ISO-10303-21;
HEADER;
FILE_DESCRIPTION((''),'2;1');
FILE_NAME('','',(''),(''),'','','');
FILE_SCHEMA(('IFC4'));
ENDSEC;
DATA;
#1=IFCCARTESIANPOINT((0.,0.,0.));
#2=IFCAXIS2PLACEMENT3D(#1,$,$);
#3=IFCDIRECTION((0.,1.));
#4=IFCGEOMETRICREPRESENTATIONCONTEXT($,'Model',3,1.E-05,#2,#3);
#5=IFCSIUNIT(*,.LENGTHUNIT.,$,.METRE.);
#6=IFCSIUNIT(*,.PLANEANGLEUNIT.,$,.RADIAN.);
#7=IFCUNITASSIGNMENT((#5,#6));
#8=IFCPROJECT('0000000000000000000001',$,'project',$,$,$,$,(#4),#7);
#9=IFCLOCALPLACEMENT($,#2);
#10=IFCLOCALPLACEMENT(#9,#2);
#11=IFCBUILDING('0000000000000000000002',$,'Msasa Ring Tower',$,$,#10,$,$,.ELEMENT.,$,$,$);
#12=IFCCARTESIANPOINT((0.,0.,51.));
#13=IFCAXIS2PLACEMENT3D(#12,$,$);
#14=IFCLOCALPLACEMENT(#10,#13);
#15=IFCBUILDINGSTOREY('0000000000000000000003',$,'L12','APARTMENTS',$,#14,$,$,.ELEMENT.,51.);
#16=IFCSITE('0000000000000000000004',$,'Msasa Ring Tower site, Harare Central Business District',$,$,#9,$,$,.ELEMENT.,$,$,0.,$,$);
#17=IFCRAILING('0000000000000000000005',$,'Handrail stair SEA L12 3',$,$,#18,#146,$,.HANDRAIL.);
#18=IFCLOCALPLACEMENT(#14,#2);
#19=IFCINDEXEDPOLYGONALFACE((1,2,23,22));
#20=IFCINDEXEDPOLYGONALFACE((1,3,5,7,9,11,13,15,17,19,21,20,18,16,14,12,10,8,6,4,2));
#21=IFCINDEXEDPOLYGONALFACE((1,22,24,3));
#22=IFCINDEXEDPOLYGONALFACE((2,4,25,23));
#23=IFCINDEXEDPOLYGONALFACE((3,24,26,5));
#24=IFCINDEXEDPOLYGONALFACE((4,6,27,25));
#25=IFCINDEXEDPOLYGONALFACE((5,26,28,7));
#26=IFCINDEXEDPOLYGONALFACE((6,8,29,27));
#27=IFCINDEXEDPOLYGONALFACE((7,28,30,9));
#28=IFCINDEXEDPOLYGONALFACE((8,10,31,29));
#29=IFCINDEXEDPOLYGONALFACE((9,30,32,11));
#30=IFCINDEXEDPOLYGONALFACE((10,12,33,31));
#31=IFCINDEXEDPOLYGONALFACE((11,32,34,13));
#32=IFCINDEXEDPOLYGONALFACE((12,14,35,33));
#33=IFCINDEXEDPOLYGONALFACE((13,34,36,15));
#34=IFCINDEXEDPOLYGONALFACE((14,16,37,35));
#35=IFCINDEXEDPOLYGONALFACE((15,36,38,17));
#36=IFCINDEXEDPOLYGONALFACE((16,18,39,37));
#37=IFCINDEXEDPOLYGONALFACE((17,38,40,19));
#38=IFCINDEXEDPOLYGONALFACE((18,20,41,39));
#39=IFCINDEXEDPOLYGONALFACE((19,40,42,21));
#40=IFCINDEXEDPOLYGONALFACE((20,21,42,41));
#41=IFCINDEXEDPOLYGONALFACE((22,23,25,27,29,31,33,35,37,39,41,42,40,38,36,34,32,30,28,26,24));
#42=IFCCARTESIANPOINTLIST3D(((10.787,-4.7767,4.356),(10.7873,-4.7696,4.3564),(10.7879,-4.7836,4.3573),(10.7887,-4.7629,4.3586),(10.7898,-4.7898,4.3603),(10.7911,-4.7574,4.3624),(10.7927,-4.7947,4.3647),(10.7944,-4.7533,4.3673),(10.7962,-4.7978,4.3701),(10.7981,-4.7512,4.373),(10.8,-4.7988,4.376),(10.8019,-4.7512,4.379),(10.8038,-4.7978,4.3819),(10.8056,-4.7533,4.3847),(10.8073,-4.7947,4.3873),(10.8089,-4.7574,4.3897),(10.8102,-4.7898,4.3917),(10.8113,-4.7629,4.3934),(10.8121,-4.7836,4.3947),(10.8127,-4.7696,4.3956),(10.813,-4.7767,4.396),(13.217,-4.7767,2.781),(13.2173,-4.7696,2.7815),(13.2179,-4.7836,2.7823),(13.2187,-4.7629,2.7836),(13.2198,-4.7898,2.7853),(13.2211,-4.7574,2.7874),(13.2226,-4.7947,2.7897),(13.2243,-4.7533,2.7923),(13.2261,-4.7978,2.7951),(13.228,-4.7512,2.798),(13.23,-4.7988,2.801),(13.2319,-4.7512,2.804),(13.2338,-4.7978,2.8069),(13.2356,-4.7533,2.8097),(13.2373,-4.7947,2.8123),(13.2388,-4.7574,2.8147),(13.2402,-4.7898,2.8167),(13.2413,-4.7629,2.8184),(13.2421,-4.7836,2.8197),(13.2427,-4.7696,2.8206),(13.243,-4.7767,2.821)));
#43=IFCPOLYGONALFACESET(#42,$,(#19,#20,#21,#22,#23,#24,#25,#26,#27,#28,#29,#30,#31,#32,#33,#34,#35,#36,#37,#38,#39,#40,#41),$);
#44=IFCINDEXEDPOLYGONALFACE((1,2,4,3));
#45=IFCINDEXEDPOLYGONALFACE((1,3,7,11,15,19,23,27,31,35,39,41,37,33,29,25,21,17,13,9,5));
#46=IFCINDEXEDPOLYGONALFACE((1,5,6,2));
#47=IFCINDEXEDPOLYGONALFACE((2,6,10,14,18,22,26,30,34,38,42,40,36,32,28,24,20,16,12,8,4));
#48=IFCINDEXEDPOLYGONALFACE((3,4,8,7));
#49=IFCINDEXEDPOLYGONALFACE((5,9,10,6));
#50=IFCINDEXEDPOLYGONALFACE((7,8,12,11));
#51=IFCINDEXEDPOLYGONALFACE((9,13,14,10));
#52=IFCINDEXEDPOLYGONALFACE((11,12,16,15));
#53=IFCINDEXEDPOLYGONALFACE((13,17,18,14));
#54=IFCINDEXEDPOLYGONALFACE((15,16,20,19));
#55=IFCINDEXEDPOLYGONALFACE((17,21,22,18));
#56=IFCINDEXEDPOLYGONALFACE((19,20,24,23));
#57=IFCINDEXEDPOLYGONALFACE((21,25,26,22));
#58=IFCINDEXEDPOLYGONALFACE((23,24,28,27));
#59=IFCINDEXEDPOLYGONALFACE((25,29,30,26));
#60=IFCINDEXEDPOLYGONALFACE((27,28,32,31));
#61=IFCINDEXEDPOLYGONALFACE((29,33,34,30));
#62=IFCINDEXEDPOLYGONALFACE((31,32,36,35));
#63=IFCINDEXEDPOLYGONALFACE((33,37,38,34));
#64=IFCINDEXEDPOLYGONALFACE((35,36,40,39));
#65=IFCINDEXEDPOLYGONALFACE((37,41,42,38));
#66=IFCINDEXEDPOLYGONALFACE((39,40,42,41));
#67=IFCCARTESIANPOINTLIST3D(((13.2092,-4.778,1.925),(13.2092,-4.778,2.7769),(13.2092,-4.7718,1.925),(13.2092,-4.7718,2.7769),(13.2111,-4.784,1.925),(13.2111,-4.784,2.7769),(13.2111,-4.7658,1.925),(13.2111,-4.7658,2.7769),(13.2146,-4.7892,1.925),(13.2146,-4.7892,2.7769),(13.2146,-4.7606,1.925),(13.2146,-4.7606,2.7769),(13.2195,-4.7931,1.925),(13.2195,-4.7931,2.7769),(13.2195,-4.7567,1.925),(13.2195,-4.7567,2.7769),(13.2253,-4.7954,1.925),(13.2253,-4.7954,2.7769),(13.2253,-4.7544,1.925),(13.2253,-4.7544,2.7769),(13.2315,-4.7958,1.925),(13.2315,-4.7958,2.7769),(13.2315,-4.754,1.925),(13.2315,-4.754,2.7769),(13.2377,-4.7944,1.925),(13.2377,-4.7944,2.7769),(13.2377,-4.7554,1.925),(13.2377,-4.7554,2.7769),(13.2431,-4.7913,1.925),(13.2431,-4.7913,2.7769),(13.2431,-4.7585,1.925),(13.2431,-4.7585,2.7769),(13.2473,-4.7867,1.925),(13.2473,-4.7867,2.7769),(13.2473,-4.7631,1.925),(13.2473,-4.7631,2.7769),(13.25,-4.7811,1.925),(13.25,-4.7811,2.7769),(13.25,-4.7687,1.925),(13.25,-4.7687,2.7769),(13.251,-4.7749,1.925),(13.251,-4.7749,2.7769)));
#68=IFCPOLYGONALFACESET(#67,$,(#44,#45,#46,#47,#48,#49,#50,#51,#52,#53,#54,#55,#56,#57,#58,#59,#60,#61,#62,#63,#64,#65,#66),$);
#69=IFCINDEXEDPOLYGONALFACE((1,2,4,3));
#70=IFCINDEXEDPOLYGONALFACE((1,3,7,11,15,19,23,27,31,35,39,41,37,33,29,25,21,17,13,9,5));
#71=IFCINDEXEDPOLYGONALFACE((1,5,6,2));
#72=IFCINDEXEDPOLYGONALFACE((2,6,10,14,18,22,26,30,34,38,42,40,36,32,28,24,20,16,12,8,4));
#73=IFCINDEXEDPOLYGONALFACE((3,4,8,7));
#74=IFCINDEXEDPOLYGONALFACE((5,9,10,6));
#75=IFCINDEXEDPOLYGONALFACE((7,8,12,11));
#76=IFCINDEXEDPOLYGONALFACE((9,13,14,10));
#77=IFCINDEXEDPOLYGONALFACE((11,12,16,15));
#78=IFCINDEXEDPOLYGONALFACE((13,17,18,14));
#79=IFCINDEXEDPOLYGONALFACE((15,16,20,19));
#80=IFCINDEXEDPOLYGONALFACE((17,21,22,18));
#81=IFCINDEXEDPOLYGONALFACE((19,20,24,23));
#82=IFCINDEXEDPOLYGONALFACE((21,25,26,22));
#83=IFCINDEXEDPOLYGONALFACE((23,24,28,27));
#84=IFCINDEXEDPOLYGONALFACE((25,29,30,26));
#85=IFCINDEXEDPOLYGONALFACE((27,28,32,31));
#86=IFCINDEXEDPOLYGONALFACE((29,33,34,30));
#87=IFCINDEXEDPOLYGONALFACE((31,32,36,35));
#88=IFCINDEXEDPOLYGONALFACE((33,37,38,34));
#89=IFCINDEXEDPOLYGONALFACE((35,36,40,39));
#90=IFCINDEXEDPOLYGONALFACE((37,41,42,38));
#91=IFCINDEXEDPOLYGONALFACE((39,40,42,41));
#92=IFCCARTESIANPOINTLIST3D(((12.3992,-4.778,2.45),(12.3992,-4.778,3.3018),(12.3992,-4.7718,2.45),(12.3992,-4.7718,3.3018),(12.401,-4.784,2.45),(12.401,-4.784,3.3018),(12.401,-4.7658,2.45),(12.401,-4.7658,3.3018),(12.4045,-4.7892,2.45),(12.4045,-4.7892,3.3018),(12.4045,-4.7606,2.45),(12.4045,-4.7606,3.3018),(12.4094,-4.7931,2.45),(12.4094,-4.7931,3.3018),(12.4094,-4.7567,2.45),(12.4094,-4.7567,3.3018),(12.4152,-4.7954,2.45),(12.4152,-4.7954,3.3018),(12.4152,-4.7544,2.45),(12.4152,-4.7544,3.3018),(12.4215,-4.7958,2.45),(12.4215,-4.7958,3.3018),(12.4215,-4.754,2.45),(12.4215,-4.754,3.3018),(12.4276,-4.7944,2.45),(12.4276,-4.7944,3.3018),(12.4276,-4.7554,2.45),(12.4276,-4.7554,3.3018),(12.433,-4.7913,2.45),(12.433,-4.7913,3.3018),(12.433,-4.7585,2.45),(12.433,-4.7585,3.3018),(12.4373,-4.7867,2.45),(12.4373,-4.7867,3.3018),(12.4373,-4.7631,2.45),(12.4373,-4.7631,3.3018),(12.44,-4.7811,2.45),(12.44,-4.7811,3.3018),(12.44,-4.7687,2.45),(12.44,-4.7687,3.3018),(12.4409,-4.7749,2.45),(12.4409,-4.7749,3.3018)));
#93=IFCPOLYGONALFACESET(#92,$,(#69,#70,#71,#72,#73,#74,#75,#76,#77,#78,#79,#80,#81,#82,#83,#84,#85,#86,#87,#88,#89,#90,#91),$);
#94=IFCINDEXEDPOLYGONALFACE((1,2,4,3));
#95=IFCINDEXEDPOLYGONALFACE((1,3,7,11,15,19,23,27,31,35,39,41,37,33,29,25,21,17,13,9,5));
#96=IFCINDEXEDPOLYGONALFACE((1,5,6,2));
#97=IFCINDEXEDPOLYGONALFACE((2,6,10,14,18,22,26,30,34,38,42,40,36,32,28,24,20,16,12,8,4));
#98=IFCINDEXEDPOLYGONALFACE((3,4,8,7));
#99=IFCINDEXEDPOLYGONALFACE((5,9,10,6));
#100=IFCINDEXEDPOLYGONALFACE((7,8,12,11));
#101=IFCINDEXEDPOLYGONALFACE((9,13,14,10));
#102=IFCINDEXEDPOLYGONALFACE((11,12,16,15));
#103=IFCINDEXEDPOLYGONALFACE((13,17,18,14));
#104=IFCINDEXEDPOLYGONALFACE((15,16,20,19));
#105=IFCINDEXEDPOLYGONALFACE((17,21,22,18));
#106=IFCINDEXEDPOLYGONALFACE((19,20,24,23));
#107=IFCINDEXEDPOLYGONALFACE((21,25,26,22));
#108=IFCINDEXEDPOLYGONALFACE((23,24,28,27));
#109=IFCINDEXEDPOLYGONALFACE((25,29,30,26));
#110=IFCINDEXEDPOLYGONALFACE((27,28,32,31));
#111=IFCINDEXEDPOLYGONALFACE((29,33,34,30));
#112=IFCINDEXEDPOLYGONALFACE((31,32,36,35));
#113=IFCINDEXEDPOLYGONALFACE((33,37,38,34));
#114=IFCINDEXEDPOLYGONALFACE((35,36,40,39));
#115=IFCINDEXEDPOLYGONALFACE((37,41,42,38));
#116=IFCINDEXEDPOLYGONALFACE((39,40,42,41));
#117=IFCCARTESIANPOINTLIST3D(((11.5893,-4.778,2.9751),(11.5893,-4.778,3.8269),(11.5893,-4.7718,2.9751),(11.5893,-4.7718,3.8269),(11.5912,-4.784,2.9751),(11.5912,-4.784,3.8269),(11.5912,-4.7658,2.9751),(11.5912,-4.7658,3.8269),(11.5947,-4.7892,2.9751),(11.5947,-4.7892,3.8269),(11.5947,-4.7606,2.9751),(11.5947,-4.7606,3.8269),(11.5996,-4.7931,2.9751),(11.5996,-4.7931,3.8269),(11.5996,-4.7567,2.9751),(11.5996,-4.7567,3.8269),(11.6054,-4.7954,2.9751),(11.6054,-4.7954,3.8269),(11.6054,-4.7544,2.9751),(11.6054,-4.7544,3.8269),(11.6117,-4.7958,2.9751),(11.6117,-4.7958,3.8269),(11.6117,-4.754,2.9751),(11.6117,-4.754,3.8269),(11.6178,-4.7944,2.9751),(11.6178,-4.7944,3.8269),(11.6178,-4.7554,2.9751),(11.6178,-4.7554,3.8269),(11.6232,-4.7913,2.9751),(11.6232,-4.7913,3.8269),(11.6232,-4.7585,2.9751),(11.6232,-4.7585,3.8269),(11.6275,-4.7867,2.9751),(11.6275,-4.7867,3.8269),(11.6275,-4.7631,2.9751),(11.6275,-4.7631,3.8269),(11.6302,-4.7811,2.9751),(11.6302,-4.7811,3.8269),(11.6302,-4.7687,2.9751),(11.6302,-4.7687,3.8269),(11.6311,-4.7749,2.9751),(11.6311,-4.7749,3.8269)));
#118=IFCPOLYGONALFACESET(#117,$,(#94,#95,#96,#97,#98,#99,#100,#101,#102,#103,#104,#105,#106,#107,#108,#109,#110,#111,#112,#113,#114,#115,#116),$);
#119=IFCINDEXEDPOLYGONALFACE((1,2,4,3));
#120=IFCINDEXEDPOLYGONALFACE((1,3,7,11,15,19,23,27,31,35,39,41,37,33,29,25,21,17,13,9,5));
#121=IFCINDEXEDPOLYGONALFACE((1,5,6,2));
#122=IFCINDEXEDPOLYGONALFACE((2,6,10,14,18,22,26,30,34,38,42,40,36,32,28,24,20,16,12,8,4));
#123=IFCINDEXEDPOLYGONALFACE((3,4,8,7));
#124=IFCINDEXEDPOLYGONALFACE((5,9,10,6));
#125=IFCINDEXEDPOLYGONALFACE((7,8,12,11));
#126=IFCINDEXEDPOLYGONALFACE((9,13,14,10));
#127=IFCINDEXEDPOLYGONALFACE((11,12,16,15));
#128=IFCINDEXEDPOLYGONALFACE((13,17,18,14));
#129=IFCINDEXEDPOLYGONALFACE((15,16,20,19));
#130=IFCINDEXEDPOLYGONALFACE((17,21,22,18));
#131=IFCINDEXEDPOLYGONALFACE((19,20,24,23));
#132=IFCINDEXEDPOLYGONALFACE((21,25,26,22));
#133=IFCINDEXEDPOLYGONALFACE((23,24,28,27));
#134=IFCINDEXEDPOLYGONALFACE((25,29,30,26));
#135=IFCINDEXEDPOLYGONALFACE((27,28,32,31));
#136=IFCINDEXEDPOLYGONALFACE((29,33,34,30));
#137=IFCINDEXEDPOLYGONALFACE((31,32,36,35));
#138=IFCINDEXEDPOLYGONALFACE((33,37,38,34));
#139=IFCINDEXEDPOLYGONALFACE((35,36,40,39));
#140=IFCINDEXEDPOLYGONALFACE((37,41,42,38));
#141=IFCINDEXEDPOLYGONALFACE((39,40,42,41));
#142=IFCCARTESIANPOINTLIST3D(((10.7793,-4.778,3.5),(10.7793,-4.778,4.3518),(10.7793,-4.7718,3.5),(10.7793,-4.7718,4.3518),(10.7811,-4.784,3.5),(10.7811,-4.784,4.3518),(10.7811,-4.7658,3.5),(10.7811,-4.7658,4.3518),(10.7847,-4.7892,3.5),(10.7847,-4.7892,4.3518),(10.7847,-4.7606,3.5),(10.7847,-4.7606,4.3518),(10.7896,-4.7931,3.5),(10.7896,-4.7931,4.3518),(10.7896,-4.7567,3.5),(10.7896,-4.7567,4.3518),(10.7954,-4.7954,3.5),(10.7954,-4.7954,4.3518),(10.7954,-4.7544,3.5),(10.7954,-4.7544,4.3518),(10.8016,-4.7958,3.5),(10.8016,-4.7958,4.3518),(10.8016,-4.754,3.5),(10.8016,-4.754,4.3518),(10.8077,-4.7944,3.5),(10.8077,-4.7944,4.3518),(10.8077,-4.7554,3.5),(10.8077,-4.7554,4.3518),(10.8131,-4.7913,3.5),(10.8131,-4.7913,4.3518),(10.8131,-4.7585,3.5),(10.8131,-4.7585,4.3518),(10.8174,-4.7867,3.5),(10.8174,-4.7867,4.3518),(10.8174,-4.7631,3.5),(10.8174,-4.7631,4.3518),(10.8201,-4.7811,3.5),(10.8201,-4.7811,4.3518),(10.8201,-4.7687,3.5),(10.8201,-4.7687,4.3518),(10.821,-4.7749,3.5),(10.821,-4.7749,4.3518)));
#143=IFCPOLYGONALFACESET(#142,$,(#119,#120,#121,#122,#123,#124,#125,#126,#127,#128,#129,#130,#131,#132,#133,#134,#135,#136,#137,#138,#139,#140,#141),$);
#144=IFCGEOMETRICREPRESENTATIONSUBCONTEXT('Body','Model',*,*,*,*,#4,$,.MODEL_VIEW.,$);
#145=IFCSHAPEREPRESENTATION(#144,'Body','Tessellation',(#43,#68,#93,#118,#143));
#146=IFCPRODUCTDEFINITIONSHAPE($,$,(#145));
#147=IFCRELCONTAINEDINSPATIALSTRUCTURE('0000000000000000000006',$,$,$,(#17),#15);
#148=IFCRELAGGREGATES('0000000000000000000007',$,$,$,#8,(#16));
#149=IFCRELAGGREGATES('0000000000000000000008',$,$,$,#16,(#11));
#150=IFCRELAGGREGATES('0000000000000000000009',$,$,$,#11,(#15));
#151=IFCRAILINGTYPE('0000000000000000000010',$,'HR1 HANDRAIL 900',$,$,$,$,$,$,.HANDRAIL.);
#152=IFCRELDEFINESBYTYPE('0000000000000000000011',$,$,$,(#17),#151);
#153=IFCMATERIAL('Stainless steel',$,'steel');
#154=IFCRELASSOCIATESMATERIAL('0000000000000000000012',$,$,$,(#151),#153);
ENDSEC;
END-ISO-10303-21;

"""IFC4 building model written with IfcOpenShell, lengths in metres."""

from ifc_helpers import new_model, si_unit, direction, frame, origin, origin_2d, place, context, subcontext, project, spatial, circle, extrude, material, type_object, element, save


model = new_model("IFC4")

# Units and contexts
model_context = context("Model", 3, precision=1e-05, world=origin(), true_north=direction((0.0, 1.0)))
body_context = subcontext(model_context, "Body", "Model", "MODEL_VIEW")
ifc_project = project(units=[si_unit("LENGTHUNIT", "METRE"), si_unit("PLANEANGLEUNIT", "RADIAN")], contexts=[model_context])

# Site, building, storey
site_placement = place(None, origin())
site = spatial("IfcSite", under=ifc_project, at=site_placement, Name="Msasa Ring Tower site, Harare Central Business District", CompositionType="ELEMENT", RefElevation=0.0)
building_placement = place(site_placement, origin())
building = spatial("IfcBuilding", under=site, at=building_placement, Name="Msasa Ring Tower", CompositionType="ELEMENT")
storey_placement = place(building_placement, frame((0.0, 0.0, 51.0)))
storey = spatial("IfcBuildingStorey", under=building, at=storey_placement, Name="L12", Description="APARTMENTS", CompositionType="ELEMENT", Elevation=51.0)

# Railing
ifc_material_1 = material(Name="Stainless steel", Category="steel")
railing_type = type_object("IfcRailingType", Name="HR1 HANDRAIL 900", PredefinedType="HANDRAIL", material=ifc_material_1)
for number, where, name in (
    (1, (13.23, -4.7749, 1.925), "Handrail stair SEA L12 3"),
):
    element("IfcRailing", number, at=place(storey_placement, frame(where)), inside=storey, type_object=railing_type, Name=name, PredefinedType="HANDRAIL", context=body_context, shape_type="SweptSolid", body=[
        extrude(circle(Radius=0.0239, at=origin_2d()), frame((0.0, 0.0, 0.876), z_axis=(-0.839154, 0.0, 0.543894), x_axis=(0.0, -1.0, 0.0)), (0.0, 0.0, 1.0), 2.8958),
        extrude(circle(Radius=0.021, at=origin_2d()), origin(), (0.0, 0.0, 1.0), 0.8518),
        extrude(circle(Radius=0.021, at=origin_2d()), frame((-0.8101, 0.0, 0.5249)), (0.0, 0.0, 1.0), 0.8518),
        extrude(circle(Radius=0.021, at=origin_2d()), frame((-1.6199, 0.0, 1.05)), (0.0, 0.0, 1.0), 0.8518),
        extrude(circle(Radius=0.021, at=origin_2d()), frame((-2.4299, 0.0, 1.575)), (0.0, 0.0, 1.0), 0.8518),
    ])

save(model, "model.ifc")
